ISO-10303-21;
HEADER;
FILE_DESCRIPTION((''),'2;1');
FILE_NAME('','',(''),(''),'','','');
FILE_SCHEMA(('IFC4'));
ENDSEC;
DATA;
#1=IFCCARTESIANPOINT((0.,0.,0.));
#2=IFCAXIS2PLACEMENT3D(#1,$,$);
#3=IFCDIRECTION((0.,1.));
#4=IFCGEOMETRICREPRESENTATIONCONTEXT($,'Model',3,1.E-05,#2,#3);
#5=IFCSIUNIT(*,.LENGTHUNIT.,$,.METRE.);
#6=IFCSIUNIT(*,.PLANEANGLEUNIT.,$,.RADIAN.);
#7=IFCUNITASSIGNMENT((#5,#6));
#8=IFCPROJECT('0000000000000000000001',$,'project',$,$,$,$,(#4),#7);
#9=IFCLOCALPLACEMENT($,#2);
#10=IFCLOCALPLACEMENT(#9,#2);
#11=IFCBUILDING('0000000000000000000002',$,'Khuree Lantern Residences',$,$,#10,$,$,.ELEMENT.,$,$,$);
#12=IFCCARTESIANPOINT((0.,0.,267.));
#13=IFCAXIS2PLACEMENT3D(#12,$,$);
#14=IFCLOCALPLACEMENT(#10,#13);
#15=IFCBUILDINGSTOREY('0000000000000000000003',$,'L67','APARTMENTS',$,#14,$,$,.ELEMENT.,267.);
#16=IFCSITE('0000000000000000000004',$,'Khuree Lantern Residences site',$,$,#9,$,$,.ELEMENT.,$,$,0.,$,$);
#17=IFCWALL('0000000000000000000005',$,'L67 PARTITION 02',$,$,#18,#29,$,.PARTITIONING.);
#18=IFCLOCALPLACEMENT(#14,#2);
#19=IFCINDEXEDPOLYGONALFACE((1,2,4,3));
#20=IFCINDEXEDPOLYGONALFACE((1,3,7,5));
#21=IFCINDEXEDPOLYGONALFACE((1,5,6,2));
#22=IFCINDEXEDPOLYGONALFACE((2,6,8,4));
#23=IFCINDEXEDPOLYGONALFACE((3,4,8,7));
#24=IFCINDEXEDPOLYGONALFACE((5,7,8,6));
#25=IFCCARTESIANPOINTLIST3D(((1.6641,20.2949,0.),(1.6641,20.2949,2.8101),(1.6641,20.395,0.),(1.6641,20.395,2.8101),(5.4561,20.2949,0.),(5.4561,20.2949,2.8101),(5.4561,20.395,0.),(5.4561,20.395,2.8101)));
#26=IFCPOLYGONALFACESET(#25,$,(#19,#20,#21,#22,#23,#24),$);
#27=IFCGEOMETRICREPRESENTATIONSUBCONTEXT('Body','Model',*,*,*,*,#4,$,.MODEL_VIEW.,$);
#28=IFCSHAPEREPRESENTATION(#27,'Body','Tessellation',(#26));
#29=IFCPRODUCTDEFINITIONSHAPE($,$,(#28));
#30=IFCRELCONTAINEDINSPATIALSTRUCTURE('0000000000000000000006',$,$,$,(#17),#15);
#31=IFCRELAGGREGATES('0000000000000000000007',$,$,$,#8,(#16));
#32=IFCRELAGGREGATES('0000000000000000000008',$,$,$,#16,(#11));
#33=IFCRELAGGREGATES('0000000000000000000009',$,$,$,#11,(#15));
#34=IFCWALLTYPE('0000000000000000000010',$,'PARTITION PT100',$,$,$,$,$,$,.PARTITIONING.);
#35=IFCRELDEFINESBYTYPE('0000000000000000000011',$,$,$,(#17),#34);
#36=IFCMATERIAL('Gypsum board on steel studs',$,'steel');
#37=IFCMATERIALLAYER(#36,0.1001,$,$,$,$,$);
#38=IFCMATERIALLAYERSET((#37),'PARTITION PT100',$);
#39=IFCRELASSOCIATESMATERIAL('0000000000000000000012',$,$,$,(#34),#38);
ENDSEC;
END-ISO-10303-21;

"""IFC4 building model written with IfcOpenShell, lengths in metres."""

from ifc_helpers import new_model, si_unit, direction, frame, frame_2d, origin, place, context, subcontext, project, spatial, rectangle, extrude, material, layer, layer_set, type_object, element, save


model = new_model("IFC4")

# Units and contexts
model_context = context("Model", 3, precision=1e-05, world=origin(), true_north=direction((0.0, 1.0)))
body_context = subcontext(model_context, "Body", "Model", "MODEL_VIEW")
ifc_project = project(units=[si_unit("LENGTHUNIT", "METRE"), si_unit("PLANEANGLEUNIT", "RADIAN")], contexts=[model_context])

# Site, building, storey
site_placement = place(None, origin())
site = spatial("IfcSite", under=ifc_project, at=site_placement, Name="Khuree Lantern Residences site", CompositionType="ELEMENT", RefElevation=0.0)
building_placement = place(site_placement, origin())
building = spatial("IfcBuilding", under=site, at=building_placement, Name="Khuree Lantern Residences", CompositionType="ELEMENT")
storey_placement = place(building_placement, frame((0.0, 0.0, 267.0)))
storey = spatial("IfcBuildingStorey", under=building, at=storey_placement, Name="L67", Description="APARTMENTS", CompositionType="ELEMENT", Elevation=267.0)

# Shared definitions
ifc_material_1 = material(Name="Gypsum board on steel studs", Category="steel")
ifc_layer_1 = layer(ifc_material_1, 0.1001)
ifc_layer_set_1 = layer_set([ifc_layer_1], Name="PARTITION PT100")
wall_type = type_object("IfcWallType", Name="PARTITION PT100", PredefinedType="PARTITIONING", material=ifc_layer_set_1)

# Wall
wall_1_placement = place(storey_placement, frame((5.4561, 20.345, 0.0), z_axis=(0.0, 0.0, 1.0), x_axis=(-1.0, 0.0, 0.0)))
element("IfcWall", 1, at=wall_1_placement, inside=storey, type_object=wall_type, Name="L67 PARTITION 02", PredefinedType="PARTITIONING", context=body_context, shape_type="SweptSolid", body=[
    extrude(rectangle(XDim=3.792, YDim=0.1001, at=frame_2d((1.896, 0.0))), origin(), (0.0, 0.0, 1.0), 2.8101),
])

save(model, "model.ifc")
